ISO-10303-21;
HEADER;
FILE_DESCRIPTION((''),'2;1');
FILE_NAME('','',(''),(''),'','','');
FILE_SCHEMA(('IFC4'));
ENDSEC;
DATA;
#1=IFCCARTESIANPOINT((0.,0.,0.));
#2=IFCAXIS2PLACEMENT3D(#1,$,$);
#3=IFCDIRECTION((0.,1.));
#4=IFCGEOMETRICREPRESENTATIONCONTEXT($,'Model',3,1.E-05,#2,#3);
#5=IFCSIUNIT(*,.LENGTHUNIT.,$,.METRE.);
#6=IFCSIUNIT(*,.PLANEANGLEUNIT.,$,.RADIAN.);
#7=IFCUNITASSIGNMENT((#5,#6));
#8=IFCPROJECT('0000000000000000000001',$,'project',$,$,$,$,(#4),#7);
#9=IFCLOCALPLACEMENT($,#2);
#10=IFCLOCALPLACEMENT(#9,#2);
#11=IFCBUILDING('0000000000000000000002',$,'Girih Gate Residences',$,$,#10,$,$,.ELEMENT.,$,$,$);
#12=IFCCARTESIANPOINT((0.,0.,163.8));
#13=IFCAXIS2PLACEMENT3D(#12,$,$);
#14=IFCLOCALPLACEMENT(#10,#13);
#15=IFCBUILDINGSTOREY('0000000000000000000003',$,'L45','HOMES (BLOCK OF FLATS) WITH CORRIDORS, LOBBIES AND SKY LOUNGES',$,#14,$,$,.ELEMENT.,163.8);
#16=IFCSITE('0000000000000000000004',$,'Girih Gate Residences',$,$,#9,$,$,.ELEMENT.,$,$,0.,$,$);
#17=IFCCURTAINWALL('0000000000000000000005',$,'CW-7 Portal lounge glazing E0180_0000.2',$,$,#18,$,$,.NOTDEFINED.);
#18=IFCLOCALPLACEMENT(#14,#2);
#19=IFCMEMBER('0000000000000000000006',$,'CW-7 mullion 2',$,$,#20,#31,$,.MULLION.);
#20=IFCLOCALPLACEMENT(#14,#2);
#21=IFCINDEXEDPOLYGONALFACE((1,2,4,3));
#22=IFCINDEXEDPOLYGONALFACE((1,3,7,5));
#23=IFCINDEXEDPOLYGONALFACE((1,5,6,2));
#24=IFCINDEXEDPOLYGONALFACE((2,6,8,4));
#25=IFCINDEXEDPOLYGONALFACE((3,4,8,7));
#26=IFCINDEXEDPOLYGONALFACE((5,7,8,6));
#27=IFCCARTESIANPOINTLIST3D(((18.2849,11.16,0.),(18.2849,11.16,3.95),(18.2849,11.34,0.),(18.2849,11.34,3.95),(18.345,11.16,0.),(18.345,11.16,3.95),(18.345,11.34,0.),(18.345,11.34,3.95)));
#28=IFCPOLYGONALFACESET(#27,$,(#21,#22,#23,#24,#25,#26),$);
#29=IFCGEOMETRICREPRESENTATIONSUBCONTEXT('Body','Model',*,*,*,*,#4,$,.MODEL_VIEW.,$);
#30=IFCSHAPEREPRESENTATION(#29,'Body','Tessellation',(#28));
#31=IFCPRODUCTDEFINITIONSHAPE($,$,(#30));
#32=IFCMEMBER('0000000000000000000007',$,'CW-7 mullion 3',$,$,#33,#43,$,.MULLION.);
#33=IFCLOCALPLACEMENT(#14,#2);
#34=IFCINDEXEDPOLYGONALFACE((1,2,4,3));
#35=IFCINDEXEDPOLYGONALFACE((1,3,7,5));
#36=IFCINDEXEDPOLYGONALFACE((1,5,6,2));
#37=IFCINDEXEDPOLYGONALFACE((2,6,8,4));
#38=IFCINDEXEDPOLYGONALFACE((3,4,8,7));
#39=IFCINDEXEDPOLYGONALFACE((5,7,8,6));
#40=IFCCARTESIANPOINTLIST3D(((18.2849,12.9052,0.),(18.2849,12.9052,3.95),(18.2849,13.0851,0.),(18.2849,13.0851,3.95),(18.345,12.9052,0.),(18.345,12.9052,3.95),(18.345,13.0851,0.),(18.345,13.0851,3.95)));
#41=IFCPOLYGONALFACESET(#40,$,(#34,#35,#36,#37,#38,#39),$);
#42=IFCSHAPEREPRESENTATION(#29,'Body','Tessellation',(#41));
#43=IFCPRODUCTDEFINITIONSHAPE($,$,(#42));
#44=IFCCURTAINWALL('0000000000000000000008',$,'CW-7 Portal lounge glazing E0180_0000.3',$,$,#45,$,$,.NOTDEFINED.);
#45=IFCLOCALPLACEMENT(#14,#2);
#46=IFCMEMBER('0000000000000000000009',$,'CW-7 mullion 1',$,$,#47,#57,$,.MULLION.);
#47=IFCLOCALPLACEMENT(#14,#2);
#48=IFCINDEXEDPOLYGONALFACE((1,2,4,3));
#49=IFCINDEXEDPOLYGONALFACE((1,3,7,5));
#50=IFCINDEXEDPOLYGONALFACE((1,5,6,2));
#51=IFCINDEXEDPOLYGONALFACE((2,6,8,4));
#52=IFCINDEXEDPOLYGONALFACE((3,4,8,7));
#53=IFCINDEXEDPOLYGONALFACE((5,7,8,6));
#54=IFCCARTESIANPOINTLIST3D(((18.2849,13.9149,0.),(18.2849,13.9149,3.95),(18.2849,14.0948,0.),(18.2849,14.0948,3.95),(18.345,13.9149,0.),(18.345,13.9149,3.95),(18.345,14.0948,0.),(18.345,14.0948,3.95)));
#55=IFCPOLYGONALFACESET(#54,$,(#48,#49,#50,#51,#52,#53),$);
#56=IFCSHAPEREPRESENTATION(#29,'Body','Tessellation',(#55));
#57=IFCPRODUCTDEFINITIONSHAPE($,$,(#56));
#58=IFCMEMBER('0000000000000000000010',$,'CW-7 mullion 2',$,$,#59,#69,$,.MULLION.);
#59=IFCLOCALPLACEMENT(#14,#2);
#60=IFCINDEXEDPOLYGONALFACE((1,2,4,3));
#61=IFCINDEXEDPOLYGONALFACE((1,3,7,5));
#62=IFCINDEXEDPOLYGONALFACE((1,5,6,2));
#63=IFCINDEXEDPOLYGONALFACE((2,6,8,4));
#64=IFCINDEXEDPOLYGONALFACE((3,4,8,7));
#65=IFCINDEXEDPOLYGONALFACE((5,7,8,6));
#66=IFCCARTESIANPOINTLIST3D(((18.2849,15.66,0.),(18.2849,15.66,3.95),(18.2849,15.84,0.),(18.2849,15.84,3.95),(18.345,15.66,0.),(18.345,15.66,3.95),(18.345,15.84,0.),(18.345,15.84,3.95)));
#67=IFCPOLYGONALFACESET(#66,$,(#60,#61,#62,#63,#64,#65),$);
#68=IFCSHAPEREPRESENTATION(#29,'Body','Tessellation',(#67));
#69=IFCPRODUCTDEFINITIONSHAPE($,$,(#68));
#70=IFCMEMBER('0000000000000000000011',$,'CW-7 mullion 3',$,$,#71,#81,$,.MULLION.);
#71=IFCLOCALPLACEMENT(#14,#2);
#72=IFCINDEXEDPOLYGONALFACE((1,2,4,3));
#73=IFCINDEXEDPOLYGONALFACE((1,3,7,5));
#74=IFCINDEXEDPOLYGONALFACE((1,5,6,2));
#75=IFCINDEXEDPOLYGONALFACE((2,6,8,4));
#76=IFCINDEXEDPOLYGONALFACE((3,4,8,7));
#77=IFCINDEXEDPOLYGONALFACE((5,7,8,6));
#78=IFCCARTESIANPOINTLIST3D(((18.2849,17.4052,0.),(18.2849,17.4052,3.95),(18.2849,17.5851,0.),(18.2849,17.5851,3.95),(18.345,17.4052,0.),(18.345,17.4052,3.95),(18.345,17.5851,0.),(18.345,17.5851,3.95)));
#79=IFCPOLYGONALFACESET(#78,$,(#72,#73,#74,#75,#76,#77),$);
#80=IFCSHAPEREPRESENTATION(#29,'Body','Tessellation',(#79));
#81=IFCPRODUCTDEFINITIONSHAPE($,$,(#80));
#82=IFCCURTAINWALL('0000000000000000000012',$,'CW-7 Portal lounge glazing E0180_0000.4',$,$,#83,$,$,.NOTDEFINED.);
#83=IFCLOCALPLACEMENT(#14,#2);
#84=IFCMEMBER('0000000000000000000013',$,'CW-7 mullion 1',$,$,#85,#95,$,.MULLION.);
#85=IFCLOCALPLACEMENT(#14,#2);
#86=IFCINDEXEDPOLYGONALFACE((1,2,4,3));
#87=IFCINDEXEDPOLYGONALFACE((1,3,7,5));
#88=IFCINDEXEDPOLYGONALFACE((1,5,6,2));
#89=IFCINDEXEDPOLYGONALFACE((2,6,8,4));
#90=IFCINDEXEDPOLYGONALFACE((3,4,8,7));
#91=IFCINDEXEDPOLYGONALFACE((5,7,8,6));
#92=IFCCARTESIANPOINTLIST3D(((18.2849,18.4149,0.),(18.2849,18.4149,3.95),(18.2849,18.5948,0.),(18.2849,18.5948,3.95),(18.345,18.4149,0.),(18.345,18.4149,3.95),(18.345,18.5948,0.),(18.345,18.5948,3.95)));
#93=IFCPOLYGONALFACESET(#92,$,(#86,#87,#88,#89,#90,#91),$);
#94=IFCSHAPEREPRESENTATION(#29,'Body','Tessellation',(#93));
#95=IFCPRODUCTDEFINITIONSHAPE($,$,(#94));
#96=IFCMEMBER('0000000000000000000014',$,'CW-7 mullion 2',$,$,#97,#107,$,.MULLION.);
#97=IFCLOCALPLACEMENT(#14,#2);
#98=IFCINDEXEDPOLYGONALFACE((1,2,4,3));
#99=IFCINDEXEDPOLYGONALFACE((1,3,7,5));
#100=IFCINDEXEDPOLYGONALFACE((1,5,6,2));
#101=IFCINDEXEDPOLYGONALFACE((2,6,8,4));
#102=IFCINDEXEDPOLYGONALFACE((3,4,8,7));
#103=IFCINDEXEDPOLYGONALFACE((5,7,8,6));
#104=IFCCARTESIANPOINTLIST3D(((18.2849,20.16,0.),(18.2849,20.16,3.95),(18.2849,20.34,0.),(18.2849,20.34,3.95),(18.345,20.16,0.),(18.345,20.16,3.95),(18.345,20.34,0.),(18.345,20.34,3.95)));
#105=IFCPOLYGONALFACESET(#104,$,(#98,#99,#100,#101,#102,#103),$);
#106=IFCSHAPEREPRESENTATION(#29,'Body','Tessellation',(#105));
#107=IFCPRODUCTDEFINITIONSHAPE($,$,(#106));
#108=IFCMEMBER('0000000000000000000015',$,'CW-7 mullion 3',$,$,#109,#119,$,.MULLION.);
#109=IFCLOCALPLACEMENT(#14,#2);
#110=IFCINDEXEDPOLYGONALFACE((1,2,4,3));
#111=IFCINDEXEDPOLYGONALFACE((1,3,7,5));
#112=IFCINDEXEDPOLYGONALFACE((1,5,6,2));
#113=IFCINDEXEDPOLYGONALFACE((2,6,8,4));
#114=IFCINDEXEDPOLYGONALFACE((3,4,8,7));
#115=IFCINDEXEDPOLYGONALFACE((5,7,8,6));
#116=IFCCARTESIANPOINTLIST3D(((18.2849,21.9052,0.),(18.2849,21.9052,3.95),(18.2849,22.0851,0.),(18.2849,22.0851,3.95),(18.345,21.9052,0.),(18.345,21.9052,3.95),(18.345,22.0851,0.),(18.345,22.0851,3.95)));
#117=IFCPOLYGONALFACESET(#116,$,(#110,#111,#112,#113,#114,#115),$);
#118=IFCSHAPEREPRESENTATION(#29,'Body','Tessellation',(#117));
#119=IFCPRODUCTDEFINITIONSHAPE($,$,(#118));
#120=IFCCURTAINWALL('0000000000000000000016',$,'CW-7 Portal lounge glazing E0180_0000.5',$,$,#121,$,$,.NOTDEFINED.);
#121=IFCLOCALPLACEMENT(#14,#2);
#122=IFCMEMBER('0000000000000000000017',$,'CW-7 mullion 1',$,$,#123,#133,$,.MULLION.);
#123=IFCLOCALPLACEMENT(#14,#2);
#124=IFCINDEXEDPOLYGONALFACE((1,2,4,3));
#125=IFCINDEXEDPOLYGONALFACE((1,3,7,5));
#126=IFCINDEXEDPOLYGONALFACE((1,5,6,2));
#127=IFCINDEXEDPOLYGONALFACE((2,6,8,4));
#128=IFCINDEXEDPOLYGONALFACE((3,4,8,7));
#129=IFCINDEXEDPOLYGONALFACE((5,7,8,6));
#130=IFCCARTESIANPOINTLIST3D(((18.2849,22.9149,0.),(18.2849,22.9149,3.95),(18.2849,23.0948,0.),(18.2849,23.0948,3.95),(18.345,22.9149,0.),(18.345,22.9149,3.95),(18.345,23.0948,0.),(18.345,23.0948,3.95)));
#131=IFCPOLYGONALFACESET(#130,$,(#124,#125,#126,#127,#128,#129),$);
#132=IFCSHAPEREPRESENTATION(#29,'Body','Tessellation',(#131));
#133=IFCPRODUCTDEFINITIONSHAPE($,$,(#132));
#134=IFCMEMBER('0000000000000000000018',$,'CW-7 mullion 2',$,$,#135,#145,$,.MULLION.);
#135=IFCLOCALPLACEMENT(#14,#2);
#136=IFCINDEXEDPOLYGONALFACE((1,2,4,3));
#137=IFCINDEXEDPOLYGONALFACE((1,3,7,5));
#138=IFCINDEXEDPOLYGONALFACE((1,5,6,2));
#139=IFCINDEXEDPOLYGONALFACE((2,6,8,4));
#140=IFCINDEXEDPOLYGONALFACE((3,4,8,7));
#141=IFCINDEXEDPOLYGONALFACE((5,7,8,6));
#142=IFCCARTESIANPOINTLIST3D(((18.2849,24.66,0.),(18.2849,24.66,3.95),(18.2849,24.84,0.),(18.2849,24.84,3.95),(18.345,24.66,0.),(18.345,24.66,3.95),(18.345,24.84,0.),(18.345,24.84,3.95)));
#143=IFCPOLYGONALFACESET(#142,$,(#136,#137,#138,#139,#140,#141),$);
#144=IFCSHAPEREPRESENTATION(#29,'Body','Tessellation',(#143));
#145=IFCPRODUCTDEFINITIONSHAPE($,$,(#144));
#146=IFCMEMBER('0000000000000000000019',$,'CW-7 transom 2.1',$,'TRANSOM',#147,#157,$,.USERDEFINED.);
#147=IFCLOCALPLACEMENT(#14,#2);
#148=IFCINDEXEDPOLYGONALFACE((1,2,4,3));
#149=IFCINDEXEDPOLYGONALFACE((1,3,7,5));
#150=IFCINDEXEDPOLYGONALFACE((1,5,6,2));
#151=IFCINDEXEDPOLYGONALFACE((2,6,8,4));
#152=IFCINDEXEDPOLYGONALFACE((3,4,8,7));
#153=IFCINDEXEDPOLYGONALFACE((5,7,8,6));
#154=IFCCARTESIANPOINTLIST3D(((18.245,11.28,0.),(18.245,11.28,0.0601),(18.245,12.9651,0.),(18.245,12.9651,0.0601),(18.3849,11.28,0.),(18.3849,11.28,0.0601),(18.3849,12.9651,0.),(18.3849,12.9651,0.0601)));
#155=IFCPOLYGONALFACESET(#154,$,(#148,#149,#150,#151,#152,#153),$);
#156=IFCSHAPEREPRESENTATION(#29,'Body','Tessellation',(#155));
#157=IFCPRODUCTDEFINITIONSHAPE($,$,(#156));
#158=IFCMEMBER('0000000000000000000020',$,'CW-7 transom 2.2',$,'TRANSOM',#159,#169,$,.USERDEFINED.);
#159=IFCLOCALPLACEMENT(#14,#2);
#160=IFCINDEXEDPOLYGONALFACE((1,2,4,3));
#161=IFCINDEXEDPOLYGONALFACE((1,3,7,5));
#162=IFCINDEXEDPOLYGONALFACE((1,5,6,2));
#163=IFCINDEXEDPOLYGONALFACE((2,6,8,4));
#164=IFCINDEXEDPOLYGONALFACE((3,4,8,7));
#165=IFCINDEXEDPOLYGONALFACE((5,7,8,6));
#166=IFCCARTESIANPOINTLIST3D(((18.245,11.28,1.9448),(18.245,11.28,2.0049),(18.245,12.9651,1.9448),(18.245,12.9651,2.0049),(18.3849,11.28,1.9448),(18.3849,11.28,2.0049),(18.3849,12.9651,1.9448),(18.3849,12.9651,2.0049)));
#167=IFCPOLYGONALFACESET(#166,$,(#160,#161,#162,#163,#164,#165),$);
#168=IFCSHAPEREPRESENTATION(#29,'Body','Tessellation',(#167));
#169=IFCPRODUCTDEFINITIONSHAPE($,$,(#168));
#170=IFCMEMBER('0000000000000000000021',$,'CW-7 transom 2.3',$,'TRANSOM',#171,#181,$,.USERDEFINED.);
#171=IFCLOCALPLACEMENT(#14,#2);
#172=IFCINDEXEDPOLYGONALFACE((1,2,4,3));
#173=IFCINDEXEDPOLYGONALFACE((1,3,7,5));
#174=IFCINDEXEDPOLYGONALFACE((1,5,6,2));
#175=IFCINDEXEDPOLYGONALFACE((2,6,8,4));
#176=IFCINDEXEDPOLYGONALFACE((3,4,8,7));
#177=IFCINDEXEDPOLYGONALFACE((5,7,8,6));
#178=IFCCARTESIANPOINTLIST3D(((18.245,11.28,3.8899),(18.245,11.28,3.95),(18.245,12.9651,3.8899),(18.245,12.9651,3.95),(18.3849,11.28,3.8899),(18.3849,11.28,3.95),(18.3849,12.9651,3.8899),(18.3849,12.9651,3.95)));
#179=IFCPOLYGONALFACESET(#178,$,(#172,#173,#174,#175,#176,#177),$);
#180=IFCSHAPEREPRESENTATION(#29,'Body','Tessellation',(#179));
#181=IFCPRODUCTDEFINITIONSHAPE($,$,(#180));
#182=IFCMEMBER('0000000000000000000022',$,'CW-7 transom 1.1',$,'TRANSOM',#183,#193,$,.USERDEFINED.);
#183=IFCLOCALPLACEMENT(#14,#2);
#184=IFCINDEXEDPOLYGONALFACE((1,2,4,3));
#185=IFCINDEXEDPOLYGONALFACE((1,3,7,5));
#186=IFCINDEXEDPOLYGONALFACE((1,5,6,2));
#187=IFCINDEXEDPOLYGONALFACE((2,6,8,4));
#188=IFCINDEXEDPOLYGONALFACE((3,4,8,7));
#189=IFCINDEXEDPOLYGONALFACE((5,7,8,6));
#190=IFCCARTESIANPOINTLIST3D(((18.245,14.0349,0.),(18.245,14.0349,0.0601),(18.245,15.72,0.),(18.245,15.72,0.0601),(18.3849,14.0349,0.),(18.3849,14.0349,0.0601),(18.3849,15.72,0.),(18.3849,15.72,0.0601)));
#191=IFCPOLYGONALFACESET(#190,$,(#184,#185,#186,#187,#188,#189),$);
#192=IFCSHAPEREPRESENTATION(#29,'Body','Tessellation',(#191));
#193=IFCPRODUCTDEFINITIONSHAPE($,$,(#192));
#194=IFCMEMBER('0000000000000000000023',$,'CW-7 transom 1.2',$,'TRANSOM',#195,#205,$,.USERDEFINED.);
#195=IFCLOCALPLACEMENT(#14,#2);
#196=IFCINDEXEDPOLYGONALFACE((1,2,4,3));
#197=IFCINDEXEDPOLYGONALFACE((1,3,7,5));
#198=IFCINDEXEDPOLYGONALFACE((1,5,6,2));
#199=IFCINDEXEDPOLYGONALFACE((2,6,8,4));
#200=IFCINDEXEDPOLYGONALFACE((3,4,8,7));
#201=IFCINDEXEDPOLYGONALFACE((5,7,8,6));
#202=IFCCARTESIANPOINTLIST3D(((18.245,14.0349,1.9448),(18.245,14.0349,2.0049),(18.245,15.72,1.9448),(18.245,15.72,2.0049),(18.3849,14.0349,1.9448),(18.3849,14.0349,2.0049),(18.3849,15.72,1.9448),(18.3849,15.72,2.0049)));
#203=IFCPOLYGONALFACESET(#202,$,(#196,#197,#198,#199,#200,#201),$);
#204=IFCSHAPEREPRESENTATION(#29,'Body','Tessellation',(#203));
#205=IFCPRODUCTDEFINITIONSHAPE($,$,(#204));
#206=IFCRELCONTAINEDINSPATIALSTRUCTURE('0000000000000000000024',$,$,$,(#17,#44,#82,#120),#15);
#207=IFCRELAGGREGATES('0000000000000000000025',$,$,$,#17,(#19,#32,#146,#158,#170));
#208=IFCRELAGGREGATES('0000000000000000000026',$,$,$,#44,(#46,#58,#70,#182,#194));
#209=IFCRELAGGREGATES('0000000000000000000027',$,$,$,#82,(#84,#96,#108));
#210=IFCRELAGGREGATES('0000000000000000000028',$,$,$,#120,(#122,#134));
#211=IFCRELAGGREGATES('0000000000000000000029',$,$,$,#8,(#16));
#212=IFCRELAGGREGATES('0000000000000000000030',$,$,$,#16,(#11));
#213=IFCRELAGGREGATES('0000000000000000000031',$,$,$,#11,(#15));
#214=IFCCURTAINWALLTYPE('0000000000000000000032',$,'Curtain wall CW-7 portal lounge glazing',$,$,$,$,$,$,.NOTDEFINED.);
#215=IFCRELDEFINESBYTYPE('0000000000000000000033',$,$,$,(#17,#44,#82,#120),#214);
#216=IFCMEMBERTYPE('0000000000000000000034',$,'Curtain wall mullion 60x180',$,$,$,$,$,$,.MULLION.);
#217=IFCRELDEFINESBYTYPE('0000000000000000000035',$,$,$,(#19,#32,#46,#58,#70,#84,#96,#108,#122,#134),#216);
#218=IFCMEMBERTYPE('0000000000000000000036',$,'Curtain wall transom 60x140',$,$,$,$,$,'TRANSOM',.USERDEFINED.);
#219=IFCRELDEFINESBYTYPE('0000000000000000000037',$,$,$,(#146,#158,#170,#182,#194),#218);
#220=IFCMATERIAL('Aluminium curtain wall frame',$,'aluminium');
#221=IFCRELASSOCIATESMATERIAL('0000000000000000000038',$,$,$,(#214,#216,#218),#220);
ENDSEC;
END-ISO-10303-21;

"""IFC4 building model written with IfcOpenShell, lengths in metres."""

from ifc_helpers import new_model, si_unit, direction, frame, origin, origin_2d, place, context, subcontext, project, spatial, rectangle, extrude, material, material_profile, profile_set, type_object, element, aggregate, save


model = new_model("IFC4")

# Units and contexts
model_context = context("Model", 3, precision=1e-05, world=origin(), true_north=direction((0.0, 1.0)))
body_context = subcontext(model_context, "Body", "Model", "MODEL_VIEW")
ifc_project = project(units=[si_unit("LENGTHUNIT", "METRE"), si_unit("PLANEANGLEUNIT", "RADIAN")], contexts=[model_context])

# Site, building, storey
site_placement = place(None, origin())
site = spatial("IfcSite", under=ifc_project, at=site_placement, Name="Girih Gate Residences", CompositionType="ELEMENT", RefElevation=0.0)
building_placement = place(site_placement, origin())
building = spatial("IfcBuilding", under=site, at=building_placement, Name="Girih Gate Residences", CompositionType="ELEMENT")
storey_placement = place(building_placement, frame((0.0, 0.0, 163.8)))
storey = spatial("IfcBuildingStorey", under=building, at=storey_placement, Name="L45", Description="HOMES (BLOCK OF FLATS) WITH CORRIDORS, LOBBIES AND SKY LOUNGES", CompositionType="ELEMENT", Elevation=163.8)

# Curtain walls, members
ifc_material_1 = material(Name="Aluminium curtain wall frame", Category="aluminium")
curtain_wall_type = type_object("IfcCurtainWallType", Name="Curtain wall CW-7 portal lounge glazing", PredefinedType="NOTDEFINED", material=ifc_material_1)
curtain_wall_1_placement = place(storey_placement, origin())
curtain_wall_1 = element("IfcCurtainWall", 1, at=curtain_wall_1_placement, inside=storey, type_object=curtain_wall_type, Name="CW-7 Portal lounge glazing E0180_0000.2", PredefinedType="NOTDEFINED")
ifc_material_profile_1 = material_profile(ifc_material_1, rectangle(XDim=0.0601, YDim=0.1799, at=origin_2d()))
ifc_profile_set_1 = profile_set([ifc_material_profile_1], Name="Aluminium curtain wall frame")
member_type_1 = type_object("IfcMemberType", Name="Curtain wall mullion 60x180", PredefinedType="MULLION", material=ifc_profile_set_1)
member_1_placement = place(storey_placement, frame((18.3149, 11.25, 0.0), z_axis=(0.0, 0.0, 1.0), x_axis=(-1.0, 0.0, 0.0)))
member_1 = element("IfcMember", 2, at=member_1_placement, type_object=member_type_1, Name="CW-7 mullion 2", PredefinedType="MULLION", context=body_context, shape_type="SweptSolid", body=[
    extrude(rectangle(XDim=0.0601, YDim=0.1799, at=origin_2d()), origin(), (0.0, 0.0, 1.0), 3.95),
])
member_2_placement = place(storey_placement, frame((18.3149, 12.9951, 0.0), z_axis=(0.0, 0.0, 1.0), x_axis=(-1.0, 0.0, 0.0)))
member_2 = element("IfcMember", 3, at=member_2_placement, type_object=member_type_1, Name="CW-7 mullion 3", PredefinedType="MULLION", context=body_context, shape_type="SweptSolid", body=[
    extrude(rectangle(XDim=0.0601, YDim=0.1799, at=origin_2d()), origin(), (0.0, 0.0, 1.0), 3.95),
])
curtain_wall_2_placement = place(storey_placement, origin())
curtain_wall_2 = element("IfcCurtainWall", 4, at=curtain_wall_2_placement, inside=storey, type_object=curtain_wall_type, Name="CW-7 Portal lounge glazing E0180_0000.3", PredefinedType="NOTDEFINED")
member_3_placement = place(storey_placement, frame((18.3149, 14.0049, 0.0), z_axis=(0.0, 0.0, 1.0), x_axis=(-1.0, 0.0, 0.0)))
member_3 = element("IfcMember", 5, at=member_3_placement, type_object=member_type_1, Name="CW-7 mullion 1", PredefinedType="MULLION", context=body_context, shape_type="SweptSolid", body=[
    extrude(rectangle(XDim=0.0601, YDim=0.1799, at=origin_2d()), origin(), (0.0, 0.0, 1.0), 3.95),
])
member_4_placement = place(storey_placement, frame((18.3149, 15.75, 0.0), z_axis=(0.0, 0.0, 1.0), x_axis=(-1.0, 0.0, 0.0)))
member_4 = element("IfcMember", 6, at=member_4_placement, type_object=member_type_1, Name="CW-7 mullion 2", PredefinedType="MULLION", context=body_context, shape_type="SweptSolid", body=[
    extrude(rectangle(XDim=0.0601, YDim=0.1799, at=origin_2d()), origin(), (0.0, 0.0, 1.0), 3.95),
])
member_5_placement = place(storey_placement, frame((18.3149, 17.4951, 0.0), z_axis=(0.0, 0.0, 1.0), x_axis=(-1.0, 0.0, 0.0)))
member_5 = element("IfcMember", 7, at=member_5_placement, type_object=member_type_1, Name="CW-7 mullion 3", PredefinedType="MULLION", context=body_context, shape_type="SweptSolid", body=[
    extrude(rectangle(XDim=0.0601, YDim=0.1799, at=origin_2d()), origin(), (0.0, 0.0, 1.0), 3.95),
])
curtain_wall_3_placement = place(storey_placement, origin())
curtain_wall_3 = element("IfcCurtainWall", 8, at=curtain_wall_3_placement, inside=storey, type_object=curtain_wall_type, Name="CW-7 Portal lounge glazing E0180_0000.4", PredefinedType="NOTDEFINED")
member_6_placement = place(storey_placement, frame((18.3149, 18.5049, 0.0), z_axis=(0.0, 0.0, 1.0), x_axis=(-1.0, 0.0, 0.0)))
member_6 = element("IfcMember", 9, at=member_6_placement, type_object=member_type_1, Name="CW-7 mullion 1", PredefinedType="MULLION", context=body_context, shape_type="SweptSolid", body=[
    extrude(rectangle(XDim=0.0601, YDim=0.1799, at=origin_2d()), origin(), (0.0, 0.0, 1.0), 3.95),
])
member_7_placement = place(storey_placement, frame((18.3149, 20.25, 0.0), z_axis=(0.0, 0.0, 1.0), x_axis=(-1.0, 0.0, 0.0)))
member_7 = element("IfcMember", 10, at=member_7_placement, type_object=member_type_1, Name="CW-7 mullion 2", PredefinedType="MULLION", context=body_context, shape_type="SweptSolid", body=[
    extrude(rectangle(XDim=0.0601, YDim=0.1799, at=origin_2d()), origin(), (0.0, 0.0, 1.0), 3.95),
])
member_8_placement = place(storey_placement, frame((18.3149, 21.9951, 0.0), z_axis=(0.0, 0.0, 1.0), x_axis=(-1.0, 0.0, 0.0)))
member_8 = element("IfcMember", 11, at=member_8_placement, type_object=member_type_1, Name="CW-7 mullion 3", PredefinedType="MULLION", context=body_context, shape_type="SweptSolid", body=[
    extrude(rectangle(XDim=0.0601, YDim=0.1799, at=origin_2d()), origin(), (0.0, 0.0, 1.0), 3.95),
])
curtain_wall_4_placement = place(storey_placement, origin())
curtain_wall_4 = element("IfcCurtainWall", 12, at=curtain_wall_4_placement, inside=storey, type_object=curtain_wall_type, Name="CW-7 Portal lounge glazing E0180_0000.5", PredefinedType="NOTDEFINED")
member_9_placement = place(storey_placement, frame((18.3149, 23.0049, 0.0), z_axis=(0.0, 0.0, 1.0), x_axis=(-1.0, 0.0, 0.0)))
member_9 = element("IfcMember", 13, at=member_9_placement, type_object=member_type_1, Name="CW-7 mullion 1", PredefinedType="MULLION", context=body_context, shape_type="SweptSolid", body=[
    extrude(rectangle(XDim=0.0601, YDim=0.1799, at=origin_2d()), origin(), (0.0, 0.0, 1.0), 3.95),
])
member_10_placement = place(storey_placement, frame((18.3149, 24.75, 0.0), z_axis=(0.0, 0.0, 1.0), x_axis=(-1.0, 0.0, 0.0)))
member_10 = element("IfcMember", 14, at=member_10_placement, type_object=member_type_1, Name="CW-7 mullion 2", PredefinedType="MULLION", context=body_context, shape_type="SweptSolid", body=[
    extrude(rectangle(XDim=0.0601, YDim=0.1799, at=origin_2d()), origin(), (0.0, 0.0, 1.0), 3.95),
])

# Members
ifc_material_profile_2 = material_profile(ifc_material_1, rectangle(XDim=0.1399, YDim=0.0601, at=origin_2d()))
ifc_profile_set_2 = profile_set([ifc_material_profile_2], Name="Aluminium curtain wall frame")
member_type_2 = type_object("IfcMemberType", Name="Curtain wall transom 60x140", ElementType="TRANSOM", PredefinedType="USERDEFINED", material=ifc_profile_set_2)
member_11_placement = place(storey_placement, frame((18.3149, 11.28, 0.03), z_axis=(0.0, 1.0, 0.0), x_axis=(-1.0, 0.0, 0.0)))
member_11 = element("IfcMember", 15, at=member_11_placement, type_object=member_type_2, Name="CW-7 transom 2.1", ObjectType="TRANSOM", PredefinedType="USERDEFINED", context=body_context, shape_type="SweptSolid", body=[
    extrude(rectangle(XDim=0.1399, YDim=0.0601, at=origin_2d()), origin(), (0.0, 0.0, 1.0), 1.6851),
])
member_12_placement = place(storey_placement, frame((18.3149, 11.28, 1.9749), z_axis=(0.0, 1.0, 0.0), x_axis=(-1.0, 0.0, 0.0)))
member_12 = element("IfcMember", 16, at=member_12_placement, type_object=member_type_2, Name="CW-7 transom 2.2", ObjectType="TRANSOM", PredefinedType="USERDEFINED", context=body_context, shape_type="SweptSolid", body=[
    extrude(rectangle(XDim=0.1399, YDim=0.0601, at=origin_2d()), origin(), (0.0, 0.0, 1.0), 1.6851),
])
member_13_placement = place(storey_placement, frame((18.3149, 11.28, 3.9199), z_axis=(0.0, 1.0, 0.0), x_axis=(-1.0, 0.0, 0.0)))
member_13 = element("IfcMember", 17, at=member_13_placement, type_object=member_type_2, Name="CW-7 transom 2.3", ObjectType="TRANSOM", PredefinedType="USERDEFINED", context=body_context, shape_type="SweptSolid", body=[
    extrude(rectangle(XDim=0.1399, YDim=0.0601, at=origin_2d()), origin(), (0.0, 0.0, 1.0), 1.6851),
])
member_14_placement = place(storey_placement, frame((18.3149, 14.0349, 0.03), z_axis=(0.0, 1.0, 0.0), x_axis=(-1.0, 0.0, 0.0)))
member_14 = element("IfcMember", 18, at=member_14_placement, type_object=member_type_2, Name="CW-7 transom 1.1", ObjectType="TRANSOM", PredefinedType="USERDEFINED", context=body_context, shape_type="SweptSolid", body=[
    extrude(rectangle(XDim=0.1399, YDim=0.0601, at=origin_2d()), origin(), (0.0, 0.0, 1.0), 1.6851),
])
member_15_placement = place(storey_placement, frame((18.3149, 14.0349, 1.9749), z_axis=(0.0, 1.0, 0.0), x_axis=(-1.0, 0.0, 0.0)))
member_15 = element("IfcMember", 19, at=member_15_placement, type_object=member_type_2, Name="CW-7 transom 1.2", ObjectType="TRANSOM", PredefinedType="USERDEFINED", context=body_context, shape_type="SweptSolid", body=[
    extrude(rectangle(XDim=0.1399, YDim=0.0601, at=origin_2d()), origin(), (0.0, 0.0, 1.0), 1.6851),
])

aggregate(curtain_wall_1, [member_1, member_2, member_11, member_12, member_13])
aggregate(curtain_wall_2, [member_3, member_4, member_5, member_14, member_15])
aggregate(curtain_wall_3, [member_6, member_7, member_8])
aggregate(curtain_wall_4, [member_9, member_10])

save(model, "model.ifc")
